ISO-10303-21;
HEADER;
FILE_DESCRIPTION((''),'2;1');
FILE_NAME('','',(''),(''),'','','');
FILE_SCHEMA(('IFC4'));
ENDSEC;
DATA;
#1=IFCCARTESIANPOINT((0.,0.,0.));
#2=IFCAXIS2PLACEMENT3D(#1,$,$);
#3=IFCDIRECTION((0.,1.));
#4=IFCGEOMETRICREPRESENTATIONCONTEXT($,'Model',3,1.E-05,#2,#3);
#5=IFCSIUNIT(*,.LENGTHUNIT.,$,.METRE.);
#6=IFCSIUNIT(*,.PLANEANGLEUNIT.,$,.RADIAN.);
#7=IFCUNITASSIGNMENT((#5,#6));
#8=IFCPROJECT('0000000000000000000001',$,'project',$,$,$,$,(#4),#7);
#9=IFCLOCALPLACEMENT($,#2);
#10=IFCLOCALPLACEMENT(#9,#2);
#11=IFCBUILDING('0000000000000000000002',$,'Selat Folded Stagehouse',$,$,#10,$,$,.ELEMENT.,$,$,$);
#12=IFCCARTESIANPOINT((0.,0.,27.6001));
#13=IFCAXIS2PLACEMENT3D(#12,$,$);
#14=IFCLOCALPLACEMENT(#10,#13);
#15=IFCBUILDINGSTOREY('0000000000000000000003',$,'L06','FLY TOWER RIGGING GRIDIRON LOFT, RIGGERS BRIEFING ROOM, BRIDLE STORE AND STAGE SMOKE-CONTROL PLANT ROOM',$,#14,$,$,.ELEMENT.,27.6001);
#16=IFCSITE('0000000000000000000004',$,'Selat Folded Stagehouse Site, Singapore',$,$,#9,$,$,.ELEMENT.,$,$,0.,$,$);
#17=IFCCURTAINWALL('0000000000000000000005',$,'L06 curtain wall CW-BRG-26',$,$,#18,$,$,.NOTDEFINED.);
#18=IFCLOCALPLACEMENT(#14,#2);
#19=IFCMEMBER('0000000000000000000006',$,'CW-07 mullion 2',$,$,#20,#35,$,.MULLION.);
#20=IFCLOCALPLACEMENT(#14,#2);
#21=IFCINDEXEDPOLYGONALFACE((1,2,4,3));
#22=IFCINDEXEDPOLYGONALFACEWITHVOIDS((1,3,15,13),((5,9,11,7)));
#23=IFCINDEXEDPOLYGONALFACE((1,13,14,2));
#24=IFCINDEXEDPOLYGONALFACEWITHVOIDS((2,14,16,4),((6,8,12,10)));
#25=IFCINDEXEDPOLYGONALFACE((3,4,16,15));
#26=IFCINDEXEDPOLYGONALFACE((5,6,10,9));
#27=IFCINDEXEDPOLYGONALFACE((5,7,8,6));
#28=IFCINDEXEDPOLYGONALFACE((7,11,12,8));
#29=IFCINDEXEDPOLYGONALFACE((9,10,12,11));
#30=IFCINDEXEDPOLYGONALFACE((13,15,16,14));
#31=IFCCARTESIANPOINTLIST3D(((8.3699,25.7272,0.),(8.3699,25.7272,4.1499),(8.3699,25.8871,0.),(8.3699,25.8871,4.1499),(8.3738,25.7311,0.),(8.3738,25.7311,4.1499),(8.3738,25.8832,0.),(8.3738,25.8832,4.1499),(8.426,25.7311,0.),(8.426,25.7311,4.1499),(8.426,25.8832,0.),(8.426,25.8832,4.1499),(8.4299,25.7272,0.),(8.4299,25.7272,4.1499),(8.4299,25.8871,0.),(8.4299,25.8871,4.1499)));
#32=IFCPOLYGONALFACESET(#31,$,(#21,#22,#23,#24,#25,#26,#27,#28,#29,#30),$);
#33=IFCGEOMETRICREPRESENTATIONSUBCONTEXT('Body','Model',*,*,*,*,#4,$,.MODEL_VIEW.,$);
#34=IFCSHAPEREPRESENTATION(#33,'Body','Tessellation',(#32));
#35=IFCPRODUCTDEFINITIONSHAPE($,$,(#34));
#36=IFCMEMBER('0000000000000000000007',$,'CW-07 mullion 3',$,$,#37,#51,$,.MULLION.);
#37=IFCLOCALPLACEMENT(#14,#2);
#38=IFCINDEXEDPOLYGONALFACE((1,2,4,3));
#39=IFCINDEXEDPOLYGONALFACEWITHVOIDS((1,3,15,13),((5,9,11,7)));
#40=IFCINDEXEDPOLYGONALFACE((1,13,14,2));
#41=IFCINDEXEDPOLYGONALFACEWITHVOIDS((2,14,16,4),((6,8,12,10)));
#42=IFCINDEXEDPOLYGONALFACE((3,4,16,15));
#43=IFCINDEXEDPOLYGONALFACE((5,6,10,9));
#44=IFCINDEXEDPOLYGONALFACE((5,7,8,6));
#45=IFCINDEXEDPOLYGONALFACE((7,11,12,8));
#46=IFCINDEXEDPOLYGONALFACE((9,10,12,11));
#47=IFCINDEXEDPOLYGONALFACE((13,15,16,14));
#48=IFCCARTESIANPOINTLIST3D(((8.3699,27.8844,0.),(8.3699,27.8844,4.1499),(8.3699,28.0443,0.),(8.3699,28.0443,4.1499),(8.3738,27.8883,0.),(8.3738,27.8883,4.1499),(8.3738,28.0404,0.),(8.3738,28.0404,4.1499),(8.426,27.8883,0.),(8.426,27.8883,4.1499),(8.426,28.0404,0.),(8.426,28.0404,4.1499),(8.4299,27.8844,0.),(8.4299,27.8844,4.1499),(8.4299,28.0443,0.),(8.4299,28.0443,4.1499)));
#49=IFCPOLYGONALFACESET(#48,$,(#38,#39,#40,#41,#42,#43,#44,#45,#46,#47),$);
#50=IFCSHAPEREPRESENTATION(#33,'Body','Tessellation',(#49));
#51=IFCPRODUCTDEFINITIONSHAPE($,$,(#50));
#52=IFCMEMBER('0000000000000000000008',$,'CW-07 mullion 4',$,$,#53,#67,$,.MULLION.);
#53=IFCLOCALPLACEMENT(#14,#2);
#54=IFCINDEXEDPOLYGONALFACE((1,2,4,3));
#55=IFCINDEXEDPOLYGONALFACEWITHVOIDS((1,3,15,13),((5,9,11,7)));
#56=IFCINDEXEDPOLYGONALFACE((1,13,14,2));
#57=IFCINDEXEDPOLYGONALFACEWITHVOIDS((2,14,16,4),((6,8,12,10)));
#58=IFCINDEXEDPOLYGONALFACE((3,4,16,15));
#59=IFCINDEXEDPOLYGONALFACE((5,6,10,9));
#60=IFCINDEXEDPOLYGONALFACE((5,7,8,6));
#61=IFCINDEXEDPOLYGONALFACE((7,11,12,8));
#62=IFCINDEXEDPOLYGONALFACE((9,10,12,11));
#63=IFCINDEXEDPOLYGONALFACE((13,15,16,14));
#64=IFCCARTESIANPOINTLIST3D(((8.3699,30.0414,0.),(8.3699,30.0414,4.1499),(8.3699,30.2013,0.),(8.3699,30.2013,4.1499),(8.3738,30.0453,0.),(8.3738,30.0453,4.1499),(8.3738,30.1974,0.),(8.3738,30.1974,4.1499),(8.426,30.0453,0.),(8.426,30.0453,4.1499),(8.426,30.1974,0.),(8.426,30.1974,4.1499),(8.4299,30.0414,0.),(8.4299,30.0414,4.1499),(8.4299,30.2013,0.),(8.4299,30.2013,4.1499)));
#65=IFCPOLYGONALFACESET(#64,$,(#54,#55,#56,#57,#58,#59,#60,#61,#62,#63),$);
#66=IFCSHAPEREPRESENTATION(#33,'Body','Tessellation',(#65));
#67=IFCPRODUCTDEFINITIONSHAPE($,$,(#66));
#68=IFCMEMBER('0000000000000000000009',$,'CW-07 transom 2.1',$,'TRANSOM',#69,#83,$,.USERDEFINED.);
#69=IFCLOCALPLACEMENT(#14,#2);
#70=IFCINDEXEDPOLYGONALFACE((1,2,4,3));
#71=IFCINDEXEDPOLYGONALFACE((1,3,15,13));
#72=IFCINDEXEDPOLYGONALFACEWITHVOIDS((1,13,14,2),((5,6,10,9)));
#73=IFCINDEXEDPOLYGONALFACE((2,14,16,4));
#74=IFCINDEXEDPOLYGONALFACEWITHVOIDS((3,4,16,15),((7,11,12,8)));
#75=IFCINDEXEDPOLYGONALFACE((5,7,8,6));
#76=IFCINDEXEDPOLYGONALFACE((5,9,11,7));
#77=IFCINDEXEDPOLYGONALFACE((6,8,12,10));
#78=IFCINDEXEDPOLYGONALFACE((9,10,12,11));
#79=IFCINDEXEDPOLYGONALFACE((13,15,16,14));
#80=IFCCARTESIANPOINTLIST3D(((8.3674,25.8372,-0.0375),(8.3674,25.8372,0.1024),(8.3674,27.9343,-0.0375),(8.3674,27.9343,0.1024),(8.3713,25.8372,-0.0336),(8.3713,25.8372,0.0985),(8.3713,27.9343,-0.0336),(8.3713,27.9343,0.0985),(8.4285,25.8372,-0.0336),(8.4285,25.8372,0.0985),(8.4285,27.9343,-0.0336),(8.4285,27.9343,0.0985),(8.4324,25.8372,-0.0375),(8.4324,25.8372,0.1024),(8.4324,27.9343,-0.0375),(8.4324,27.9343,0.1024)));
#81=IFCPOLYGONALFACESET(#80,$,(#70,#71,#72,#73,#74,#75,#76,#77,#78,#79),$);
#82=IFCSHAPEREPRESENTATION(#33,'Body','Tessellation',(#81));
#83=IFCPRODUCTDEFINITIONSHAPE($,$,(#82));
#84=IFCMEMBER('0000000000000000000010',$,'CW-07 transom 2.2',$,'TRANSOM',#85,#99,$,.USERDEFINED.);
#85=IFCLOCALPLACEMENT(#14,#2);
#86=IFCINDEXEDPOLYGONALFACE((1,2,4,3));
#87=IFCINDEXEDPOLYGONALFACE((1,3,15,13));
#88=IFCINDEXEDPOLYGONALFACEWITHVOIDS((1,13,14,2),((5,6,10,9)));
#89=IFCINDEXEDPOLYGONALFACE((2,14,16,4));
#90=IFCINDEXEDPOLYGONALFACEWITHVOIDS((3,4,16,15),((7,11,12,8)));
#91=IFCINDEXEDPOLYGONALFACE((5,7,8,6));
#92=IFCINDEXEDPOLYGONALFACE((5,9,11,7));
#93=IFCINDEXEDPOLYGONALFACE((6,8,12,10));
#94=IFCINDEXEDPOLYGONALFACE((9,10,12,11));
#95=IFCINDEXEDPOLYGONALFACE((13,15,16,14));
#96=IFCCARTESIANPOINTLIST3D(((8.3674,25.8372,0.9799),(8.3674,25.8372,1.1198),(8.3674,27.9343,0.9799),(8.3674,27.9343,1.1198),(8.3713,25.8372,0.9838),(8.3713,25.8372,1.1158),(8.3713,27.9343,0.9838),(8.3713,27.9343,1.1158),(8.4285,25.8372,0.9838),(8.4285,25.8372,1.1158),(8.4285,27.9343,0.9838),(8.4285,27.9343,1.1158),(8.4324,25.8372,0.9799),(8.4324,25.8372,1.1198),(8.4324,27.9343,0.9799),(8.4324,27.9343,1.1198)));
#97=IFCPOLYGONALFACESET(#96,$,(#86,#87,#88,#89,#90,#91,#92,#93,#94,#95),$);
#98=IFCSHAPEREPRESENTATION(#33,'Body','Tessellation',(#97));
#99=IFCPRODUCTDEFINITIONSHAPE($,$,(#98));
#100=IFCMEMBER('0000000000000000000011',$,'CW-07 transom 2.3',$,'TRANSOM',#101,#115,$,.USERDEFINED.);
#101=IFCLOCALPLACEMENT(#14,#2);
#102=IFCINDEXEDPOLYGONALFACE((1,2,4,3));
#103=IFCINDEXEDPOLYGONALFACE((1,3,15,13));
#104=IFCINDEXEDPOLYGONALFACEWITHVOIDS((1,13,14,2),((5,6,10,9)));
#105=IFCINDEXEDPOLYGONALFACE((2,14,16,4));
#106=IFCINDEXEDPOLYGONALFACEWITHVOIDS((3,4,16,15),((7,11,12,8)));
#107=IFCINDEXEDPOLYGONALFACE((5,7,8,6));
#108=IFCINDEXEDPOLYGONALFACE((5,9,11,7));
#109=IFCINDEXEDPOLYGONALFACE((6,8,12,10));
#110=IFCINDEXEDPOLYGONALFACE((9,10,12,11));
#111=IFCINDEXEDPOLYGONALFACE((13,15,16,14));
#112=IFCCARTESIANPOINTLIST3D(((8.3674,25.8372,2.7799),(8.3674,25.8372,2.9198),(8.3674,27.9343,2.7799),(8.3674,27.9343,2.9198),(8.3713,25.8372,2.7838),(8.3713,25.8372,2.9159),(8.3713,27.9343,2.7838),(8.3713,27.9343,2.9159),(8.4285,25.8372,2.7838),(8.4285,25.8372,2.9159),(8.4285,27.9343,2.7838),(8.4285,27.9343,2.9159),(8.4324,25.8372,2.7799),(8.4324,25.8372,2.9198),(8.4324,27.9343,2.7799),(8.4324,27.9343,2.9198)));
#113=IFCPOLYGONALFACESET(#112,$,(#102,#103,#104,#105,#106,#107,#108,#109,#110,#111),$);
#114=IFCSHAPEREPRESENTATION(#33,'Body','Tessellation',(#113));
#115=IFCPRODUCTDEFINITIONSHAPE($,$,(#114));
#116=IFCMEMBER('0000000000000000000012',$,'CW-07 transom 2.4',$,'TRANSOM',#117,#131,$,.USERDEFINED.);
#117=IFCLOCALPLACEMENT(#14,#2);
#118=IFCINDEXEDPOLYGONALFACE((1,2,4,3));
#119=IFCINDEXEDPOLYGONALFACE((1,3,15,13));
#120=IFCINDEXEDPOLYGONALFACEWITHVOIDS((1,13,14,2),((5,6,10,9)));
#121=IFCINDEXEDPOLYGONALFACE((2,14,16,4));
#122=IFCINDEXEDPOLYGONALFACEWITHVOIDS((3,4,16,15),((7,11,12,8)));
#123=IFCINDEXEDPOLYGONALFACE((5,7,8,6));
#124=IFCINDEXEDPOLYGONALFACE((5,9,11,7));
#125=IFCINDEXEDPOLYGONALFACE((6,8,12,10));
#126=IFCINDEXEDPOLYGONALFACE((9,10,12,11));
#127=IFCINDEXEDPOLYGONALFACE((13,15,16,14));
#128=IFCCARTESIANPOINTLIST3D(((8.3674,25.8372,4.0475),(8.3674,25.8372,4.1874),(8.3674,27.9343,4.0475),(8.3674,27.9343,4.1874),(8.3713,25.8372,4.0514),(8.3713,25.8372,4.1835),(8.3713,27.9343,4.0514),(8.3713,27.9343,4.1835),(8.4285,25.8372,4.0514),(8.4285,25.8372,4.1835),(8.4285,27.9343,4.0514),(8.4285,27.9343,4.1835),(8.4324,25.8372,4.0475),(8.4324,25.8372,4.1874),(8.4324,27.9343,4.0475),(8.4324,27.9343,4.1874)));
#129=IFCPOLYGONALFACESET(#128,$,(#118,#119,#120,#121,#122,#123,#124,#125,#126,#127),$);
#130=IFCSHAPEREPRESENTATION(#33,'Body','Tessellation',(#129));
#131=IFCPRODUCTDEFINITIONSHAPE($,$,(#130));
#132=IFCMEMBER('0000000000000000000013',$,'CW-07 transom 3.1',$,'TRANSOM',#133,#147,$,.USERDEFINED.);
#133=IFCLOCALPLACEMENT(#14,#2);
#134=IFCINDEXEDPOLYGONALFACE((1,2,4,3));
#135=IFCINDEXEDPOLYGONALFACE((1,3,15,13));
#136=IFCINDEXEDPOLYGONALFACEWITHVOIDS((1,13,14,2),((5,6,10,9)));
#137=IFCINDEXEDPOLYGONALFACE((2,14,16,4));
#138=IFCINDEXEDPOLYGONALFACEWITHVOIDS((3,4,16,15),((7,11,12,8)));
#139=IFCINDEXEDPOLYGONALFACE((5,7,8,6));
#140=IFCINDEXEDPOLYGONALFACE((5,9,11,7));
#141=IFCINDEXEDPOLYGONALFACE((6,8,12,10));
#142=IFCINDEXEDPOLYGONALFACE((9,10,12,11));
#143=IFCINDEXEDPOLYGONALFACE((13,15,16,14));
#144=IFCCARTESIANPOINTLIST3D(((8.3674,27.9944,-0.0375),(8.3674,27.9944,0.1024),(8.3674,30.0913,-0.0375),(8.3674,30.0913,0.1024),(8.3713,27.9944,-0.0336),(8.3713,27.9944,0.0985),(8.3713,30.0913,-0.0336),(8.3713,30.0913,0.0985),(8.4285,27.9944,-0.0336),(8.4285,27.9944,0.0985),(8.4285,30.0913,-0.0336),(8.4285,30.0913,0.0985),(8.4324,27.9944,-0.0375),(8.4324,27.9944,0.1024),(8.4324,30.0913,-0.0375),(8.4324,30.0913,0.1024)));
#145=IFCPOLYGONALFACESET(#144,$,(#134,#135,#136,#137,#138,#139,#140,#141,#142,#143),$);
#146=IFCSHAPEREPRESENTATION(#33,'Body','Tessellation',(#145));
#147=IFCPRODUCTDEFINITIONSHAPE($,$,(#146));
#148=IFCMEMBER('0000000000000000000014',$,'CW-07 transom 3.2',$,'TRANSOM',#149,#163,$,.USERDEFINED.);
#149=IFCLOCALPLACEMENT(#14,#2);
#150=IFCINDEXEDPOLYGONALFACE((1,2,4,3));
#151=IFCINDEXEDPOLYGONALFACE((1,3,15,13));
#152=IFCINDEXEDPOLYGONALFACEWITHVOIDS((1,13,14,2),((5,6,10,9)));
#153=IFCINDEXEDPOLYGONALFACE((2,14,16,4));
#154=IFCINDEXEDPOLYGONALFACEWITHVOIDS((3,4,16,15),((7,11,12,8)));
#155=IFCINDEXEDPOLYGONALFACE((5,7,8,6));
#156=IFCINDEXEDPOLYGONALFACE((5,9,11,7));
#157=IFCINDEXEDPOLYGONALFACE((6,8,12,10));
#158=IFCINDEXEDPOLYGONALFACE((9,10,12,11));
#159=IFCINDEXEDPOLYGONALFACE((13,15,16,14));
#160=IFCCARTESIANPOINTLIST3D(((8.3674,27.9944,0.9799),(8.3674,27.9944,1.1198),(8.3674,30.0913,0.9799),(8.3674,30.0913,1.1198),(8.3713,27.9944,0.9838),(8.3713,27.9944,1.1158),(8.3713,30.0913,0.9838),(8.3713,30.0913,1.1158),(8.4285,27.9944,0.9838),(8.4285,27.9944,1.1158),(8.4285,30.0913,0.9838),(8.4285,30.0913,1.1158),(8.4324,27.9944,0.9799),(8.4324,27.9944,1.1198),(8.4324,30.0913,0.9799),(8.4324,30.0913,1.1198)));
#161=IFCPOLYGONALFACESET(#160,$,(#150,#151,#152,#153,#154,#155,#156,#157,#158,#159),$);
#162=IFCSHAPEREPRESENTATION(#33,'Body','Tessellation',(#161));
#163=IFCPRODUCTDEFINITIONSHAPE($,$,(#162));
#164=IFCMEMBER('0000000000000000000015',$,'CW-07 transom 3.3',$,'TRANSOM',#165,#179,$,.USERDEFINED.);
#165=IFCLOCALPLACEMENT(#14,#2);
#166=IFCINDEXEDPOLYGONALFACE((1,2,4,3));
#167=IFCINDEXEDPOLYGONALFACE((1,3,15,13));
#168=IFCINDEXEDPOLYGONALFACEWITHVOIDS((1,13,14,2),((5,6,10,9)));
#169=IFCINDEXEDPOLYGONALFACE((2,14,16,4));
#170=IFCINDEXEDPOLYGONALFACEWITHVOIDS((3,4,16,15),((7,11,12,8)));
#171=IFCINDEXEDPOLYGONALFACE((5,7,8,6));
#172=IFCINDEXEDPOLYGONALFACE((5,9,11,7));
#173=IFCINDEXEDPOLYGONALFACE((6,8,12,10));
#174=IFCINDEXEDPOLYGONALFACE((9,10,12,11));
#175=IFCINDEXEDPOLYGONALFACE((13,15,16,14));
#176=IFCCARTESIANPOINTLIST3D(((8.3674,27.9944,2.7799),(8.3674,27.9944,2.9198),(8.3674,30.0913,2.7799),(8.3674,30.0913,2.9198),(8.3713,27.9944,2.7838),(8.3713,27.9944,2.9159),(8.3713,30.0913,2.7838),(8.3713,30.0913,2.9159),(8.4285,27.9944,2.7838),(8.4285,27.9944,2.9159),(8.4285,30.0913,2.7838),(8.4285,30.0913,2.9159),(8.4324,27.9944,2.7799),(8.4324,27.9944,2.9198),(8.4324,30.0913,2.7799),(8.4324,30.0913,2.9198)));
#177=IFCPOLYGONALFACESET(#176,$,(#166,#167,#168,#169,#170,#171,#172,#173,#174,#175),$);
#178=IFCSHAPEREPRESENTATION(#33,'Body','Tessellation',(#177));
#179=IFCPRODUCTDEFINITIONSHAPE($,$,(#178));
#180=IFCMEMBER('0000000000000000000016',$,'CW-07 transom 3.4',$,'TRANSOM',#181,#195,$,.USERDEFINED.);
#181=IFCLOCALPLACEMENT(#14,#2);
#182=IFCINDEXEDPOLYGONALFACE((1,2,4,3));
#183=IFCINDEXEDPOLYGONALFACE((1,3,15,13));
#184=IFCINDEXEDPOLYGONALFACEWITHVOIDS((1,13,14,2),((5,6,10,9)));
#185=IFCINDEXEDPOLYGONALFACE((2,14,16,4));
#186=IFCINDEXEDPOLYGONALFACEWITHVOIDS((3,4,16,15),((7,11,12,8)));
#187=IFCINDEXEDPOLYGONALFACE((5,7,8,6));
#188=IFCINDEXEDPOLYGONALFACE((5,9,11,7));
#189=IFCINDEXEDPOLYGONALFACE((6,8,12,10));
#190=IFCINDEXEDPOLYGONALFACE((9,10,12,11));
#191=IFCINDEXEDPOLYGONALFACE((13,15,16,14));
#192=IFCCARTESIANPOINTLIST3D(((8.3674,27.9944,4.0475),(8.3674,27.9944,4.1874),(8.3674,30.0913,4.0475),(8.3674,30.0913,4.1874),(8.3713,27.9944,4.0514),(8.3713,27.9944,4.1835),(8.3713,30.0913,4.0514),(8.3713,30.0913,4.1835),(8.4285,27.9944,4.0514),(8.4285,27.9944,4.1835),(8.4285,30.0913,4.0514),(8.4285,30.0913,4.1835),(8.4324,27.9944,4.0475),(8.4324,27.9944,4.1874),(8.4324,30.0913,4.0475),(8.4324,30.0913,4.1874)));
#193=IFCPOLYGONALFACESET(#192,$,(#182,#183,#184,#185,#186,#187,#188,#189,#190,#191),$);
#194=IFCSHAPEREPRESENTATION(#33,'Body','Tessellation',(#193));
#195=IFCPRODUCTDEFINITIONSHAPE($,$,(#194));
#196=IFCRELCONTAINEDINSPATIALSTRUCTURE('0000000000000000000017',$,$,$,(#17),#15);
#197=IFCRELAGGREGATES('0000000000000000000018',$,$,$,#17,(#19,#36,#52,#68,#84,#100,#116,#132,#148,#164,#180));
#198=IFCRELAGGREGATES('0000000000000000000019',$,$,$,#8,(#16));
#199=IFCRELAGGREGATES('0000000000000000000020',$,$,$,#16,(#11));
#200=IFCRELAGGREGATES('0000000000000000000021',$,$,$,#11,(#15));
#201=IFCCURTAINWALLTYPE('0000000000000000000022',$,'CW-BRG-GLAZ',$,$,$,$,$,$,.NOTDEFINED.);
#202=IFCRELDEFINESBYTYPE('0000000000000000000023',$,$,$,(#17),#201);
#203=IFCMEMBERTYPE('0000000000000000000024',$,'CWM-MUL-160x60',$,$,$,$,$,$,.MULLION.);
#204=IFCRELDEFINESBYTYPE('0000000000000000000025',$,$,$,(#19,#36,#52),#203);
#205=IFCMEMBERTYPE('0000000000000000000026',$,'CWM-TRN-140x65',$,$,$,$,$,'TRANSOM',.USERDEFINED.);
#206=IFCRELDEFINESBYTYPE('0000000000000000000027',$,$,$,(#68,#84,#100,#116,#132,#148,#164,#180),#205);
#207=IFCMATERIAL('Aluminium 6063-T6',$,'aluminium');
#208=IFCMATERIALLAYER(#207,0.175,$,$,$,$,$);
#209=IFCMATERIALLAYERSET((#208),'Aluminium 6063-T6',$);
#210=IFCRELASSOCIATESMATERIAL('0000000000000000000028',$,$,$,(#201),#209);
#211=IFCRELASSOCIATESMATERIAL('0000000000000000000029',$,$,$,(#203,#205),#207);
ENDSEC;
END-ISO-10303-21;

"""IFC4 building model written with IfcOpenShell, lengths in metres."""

from ifc_helpers import new_model, si_unit, direction, frame, origin, origin_2d, place, context, subcontext, project, spatial, hollow_rectangle, extrude, material, layer, layer_set, material_profile, profile_set, type_object, element, aggregate, save


model = new_model("IFC4")

# Units and contexts
model_context = context("Model", 3, precision=1e-05, world=origin(), true_north=direction((0.0, 1.0)))
body_context = subcontext(model_context, "Body", "Model", "MODEL_VIEW")
ifc_project = project(units=[si_unit("LENGTHUNIT", "METRE"), si_unit("PLANEANGLEUNIT", "RADIAN")], contexts=[model_context])

# Site, building, storey
site_placement = place(None, origin())
site = spatial("IfcSite", under=ifc_project, at=site_placement, Name="Selat Folded Stagehouse Site, Singapore", CompositionType="ELEMENT", RefElevation=0.0)
building_placement = place(site_placement, origin())
building = spatial("IfcBuilding", under=site, at=building_placement, Name="Selat Folded Stagehouse", CompositionType="ELEMENT")
storey_placement = place(building_placement, frame((0.0, 0.0, 27.6001)))
storey = spatial("IfcBuildingStorey", under=building, at=storey_placement, Name="L06", Description="FLY TOWER RIGGING GRIDIRON LOFT, RIGGERS BRIEFING ROOM, BRIDLE STORE AND STAGE SMOKE-CONTROL PLANT ROOM", CompositionType="ELEMENT", Elevation=27.6001)

# Curtain wall, members
ifc_material_1 = material(Name="Aluminium 6063-T6", Category="aluminium")
ifc_layer_1 = layer(ifc_material_1, 0.175)
ifc_layer_set_1 = layer_set([ifc_layer_1], Name="Aluminium 6063-T6")
curtain_wall_type = type_object("IfcCurtainWallType", Name="CW-BRG-GLAZ", PredefinedType="NOTDEFINED", material=ifc_layer_set_1)
curtain_wall_placement = place(storey_placement, origin())
curtain_wall = element("IfcCurtainWall", 1, at=curtain_wall_placement, inside=storey, type_object=curtain_wall_type, Name="L06 curtain wall CW-BRG-26", PredefinedType="NOTDEFINED")
ifc_material_profile_1 = material_profile(ifc_material_1, hollow_rectangle(XDim=0.0601, YDim=0.1599, WallThickness=0.0039, at=origin_2d()), Name="ALU 160x60x4.0")
ifc_profile_set_1 = profile_set([ifc_material_profile_1], Name="Aluminium 6063-T6")
member_type_1 = type_object("IfcMemberType", Name="CWM-MUL-160x60", PredefinedType="MULLION", material=ifc_profile_set_1)
member_1_placement = place(storey_placement, frame((8.3999, 25.8071, 0.0), z_axis=(0.0, 0.0, 1.0), x_axis=(-1.0, 0.0, 0.0)))
member_1 = element("IfcMember", 2, at=member_1_placement, type_object=member_type_1, Name="CW-07 mullion 2", PredefinedType="MULLION", context=body_context, shape_type="SweptSolid", body=[
    extrude(hollow_rectangle(XDim=0.0601, YDim=0.1599, WallThickness=0.0039, at=origin_2d()), origin(), (0.0, 0.0, 1.0), 4.1499),
])
member_2_placement = place(storey_placement, frame((8.3999, 27.9644, 0.0), z_axis=(0.0, 0.0, 1.0), x_axis=(-1.0, 0.0, 0.0)))
member_2 = element("IfcMember", 3, at=member_2_placement, type_object=member_type_1, Name="CW-07 mullion 3", PredefinedType="MULLION", context=body_context, shape_type="SweptSolid", body=[
    extrude(hollow_rectangle(XDim=0.0601, YDim=0.1599, WallThickness=0.0039, at=origin_2d()), origin(), (0.0, 0.0, 1.0), 4.1499),
])
member_3_placement = place(storey_placement, frame((8.3999, 30.1213, 0.0), z_axis=(0.0, 0.0, 1.0), x_axis=(-1.0, 0.0, 0.0)))
member_3 = element("IfcMember", 4, at=member_3_placement, type_object=member_type_1, Name="CW-07 mullion 4", PredefinedType="MULLION", context=body_context, shape_type="SweptSolid", body=[
    extrude(hollow_rectangle(XDim=0.0601, YDim=0.1599, WallThickness=0.0039, at=origin_2d()), origin(), (0.0, 0.0, 1.0), 4.1499),
])
ifc_material_profile_2 = material_profile(ifc_material_1, hollow_rectangle(XDim=0.0649, YDim=0.1399, WallThickness=0.0039, at=origin_2d()), Name="ALU 140x65x4.0")
ifc_profile_set_2 = profile_set([ifc_material_profile_2], Name="Aluminium 6063-T6")
member_type_2 = type_object("IfcMemberType", Name="CWM-TRN-140x65", ElementType="TRANSOM", PredefinedType="USERDEFINED", material=ifc_profile_set_2)
member_4_placement = place(storey_placement, frame((8.3999, 25.8372, 0.0325), z_axis=(0.0, 1.0, 0.0), x_axis=(-1.0, 0.0, 0.0)))
member_4 = element("IfcMember", 5, at=member_4_placement, type_object=member_type_2, Name="CW-07 transom 2.1", ObjectType="TRANSOM", PredefinedType="USERDEFINED", context=body_context, shape_type="SweptSolid", body=[
    extrude(hollow_rectangle(XDim=0.0649, YDim=0.1399, WallThickness=0.0039, at=origin_2d()), origin(), (0.0, 0.0, 1.0), 2.0972),
])
member_5_placement = place(storey_placement, frame((8.3999, 25.8372, 1.0498), z_axis=(0.0, 1.0, 0.0), x_axis=(-1.0, 0.0, 0.0)))
member_5 = element("IfcMember", 6, at=member_5_placement, type_object=member_type_2, Name="CW-07 transom 2.2", ObjectType="TRANSOM", PredefinedType="USERDEFINED", context=body_context, shape_type="SweptSolid", body=[
    extrude(hollow_rectangle(XDim=0.0649, YDim=0.1399, WallThickness=0.0039, at=origin_2d()), origin(), (0.0, 0.0, 1.0), 2.0972),
])
member_6_placement = place(storey_placement, frame((8.3999, 25.8372, 2.8499), z_axis=(0.0, 1.0, 0.0), x_axis=(-1.0, 0.0, 0.0)))
member_6 = element("IfcMember", 7, at=member_6_placement, type_object=member_type_2, Name="CW-07 transom 2.3", ObjectType="TRANSOM", PredefinedType="USERDEFINED", context=body_context, shape_type="SweptSolid", body=[
    extrude(hollow_rectangle(XDim=0.0649, YDim=0.1399, WallThickness=0.0039, at=origin_2d()), origin(), (0.0, 0.0, 1.0), 2.0972),
])
member_7_placement = place(storey_placement, frame((8.3999, 25.8372, 4.1174), z_axis=(0.0, 1.0, 0.0), x_axis=(-1.0, 0.0, 0.0)))
member_7 = element("IfcMember", 8, at=member_7_placement, type_object=member_type_2, Name="CW-07 transom 2.4", ObjectType="TRANSOM", PredefinedType="USERDEFINED", context=body_context, shape_type="SweptSolid", body=[
    extrude(hollow_rectangle(XDim=0.0649, YDim=0.1399, WallThickness=0.0039, at=origin_2d()), origin(), (0.0, 0.0, 1.0), 2.0972),
])
member_8_placement = place(storey_placement, frame((8.3999, 27.9944, 0.0325), z_axis=(0.0, 1.0, 0.0), x_axis=(-1.0, 0.0, 0.0)))
member_8 = element("IfcMember", 9, at=member_8_placement, type_object=member_type_2, Name="CW-07 transom 3.1", ObjectType="TRANSOM", PredefinedType="USERDEFINED", context=body_context, shape_type="SweptSolid", body=[
    extrude(hollow_rectangle(XDim=0.0649, YDim=0.1399, WallThickness=0.0039, at=origin_2d()), origin(), (0.0, 0.0, 1.0), 2.0969),
])
member_9_placement = place(storey_placement, frame((8.3999, 27.9944, 1.0498), z_axis=(0.0, 1.0, 0.0), x_axis=(-1.0, 0.0, 0.0)))
member_9 = element("IfcMember", 10, at=member_9_placement, type_object=member_type_2, Name="CW-07 transom 3.2", ObjectType="TRANSOM", PredefinedType="USERDEFINED", context=body_context, shape_type="SweptSolid", body=[
    extrude(hollow_rectangle(XDim=0.0649, YDim=0.1399, WallThickness=0.0039, at=origin_2d()), origin(), (0.0, 0.0, 1.0), 2.0969),
])
member_10_placement = place(storey_placement, frame((8.3999, 27.9944, 2.8499), z_axis=(0.0, 1.0, 0.0), x_axis=(-1.0, 0.0, 0.0)))
member_10 = element("IfcMember", 11, at=member_10_placement, type_object=member_type_2, Name="CW-07 transom 3.3", ObjectType="TRANSOM", PredefinedType="USERDEFINED", context=body_context, shape_type="SweptSolid", body=[
    extrude(hollow_rectangle(XDim=0.0649, YDim=0.1399, WallThickness=0.0039, at=origin_2d()), origin(), (0.0, 0.0, 1.0), 2.0969),
])
member_11_placement = place(storey_placement, frame((8.3999, 27.9944, 4.1174), z_axis=(0.0, 1.0, 0.0), x_axis=(-1.0, 0.0, 0.0)))
member_11 = element("IfcMember", 12, at=member_11_placement, type_object=member_type_2, Name="CW-07 transom 3.4", ObjectType="TRANSOM", PredefinedType="USERDEFINED", context=body_context, shape_type="SweptSolid", body=[
    extrude(hollow_rectangle(XDim=0.0649, YDim=0.1399, WallThickness=0.0039, at=origin_2d()), origin(), (0.0, 0.0, 1.0), 2.0969),
])
aggregate(curtain_wall, [member_1, member_2, member_3, member_4, member_5, member_6, member_7, member_8, member_9, member_10, member_11])

save(model, "model.ifc")
